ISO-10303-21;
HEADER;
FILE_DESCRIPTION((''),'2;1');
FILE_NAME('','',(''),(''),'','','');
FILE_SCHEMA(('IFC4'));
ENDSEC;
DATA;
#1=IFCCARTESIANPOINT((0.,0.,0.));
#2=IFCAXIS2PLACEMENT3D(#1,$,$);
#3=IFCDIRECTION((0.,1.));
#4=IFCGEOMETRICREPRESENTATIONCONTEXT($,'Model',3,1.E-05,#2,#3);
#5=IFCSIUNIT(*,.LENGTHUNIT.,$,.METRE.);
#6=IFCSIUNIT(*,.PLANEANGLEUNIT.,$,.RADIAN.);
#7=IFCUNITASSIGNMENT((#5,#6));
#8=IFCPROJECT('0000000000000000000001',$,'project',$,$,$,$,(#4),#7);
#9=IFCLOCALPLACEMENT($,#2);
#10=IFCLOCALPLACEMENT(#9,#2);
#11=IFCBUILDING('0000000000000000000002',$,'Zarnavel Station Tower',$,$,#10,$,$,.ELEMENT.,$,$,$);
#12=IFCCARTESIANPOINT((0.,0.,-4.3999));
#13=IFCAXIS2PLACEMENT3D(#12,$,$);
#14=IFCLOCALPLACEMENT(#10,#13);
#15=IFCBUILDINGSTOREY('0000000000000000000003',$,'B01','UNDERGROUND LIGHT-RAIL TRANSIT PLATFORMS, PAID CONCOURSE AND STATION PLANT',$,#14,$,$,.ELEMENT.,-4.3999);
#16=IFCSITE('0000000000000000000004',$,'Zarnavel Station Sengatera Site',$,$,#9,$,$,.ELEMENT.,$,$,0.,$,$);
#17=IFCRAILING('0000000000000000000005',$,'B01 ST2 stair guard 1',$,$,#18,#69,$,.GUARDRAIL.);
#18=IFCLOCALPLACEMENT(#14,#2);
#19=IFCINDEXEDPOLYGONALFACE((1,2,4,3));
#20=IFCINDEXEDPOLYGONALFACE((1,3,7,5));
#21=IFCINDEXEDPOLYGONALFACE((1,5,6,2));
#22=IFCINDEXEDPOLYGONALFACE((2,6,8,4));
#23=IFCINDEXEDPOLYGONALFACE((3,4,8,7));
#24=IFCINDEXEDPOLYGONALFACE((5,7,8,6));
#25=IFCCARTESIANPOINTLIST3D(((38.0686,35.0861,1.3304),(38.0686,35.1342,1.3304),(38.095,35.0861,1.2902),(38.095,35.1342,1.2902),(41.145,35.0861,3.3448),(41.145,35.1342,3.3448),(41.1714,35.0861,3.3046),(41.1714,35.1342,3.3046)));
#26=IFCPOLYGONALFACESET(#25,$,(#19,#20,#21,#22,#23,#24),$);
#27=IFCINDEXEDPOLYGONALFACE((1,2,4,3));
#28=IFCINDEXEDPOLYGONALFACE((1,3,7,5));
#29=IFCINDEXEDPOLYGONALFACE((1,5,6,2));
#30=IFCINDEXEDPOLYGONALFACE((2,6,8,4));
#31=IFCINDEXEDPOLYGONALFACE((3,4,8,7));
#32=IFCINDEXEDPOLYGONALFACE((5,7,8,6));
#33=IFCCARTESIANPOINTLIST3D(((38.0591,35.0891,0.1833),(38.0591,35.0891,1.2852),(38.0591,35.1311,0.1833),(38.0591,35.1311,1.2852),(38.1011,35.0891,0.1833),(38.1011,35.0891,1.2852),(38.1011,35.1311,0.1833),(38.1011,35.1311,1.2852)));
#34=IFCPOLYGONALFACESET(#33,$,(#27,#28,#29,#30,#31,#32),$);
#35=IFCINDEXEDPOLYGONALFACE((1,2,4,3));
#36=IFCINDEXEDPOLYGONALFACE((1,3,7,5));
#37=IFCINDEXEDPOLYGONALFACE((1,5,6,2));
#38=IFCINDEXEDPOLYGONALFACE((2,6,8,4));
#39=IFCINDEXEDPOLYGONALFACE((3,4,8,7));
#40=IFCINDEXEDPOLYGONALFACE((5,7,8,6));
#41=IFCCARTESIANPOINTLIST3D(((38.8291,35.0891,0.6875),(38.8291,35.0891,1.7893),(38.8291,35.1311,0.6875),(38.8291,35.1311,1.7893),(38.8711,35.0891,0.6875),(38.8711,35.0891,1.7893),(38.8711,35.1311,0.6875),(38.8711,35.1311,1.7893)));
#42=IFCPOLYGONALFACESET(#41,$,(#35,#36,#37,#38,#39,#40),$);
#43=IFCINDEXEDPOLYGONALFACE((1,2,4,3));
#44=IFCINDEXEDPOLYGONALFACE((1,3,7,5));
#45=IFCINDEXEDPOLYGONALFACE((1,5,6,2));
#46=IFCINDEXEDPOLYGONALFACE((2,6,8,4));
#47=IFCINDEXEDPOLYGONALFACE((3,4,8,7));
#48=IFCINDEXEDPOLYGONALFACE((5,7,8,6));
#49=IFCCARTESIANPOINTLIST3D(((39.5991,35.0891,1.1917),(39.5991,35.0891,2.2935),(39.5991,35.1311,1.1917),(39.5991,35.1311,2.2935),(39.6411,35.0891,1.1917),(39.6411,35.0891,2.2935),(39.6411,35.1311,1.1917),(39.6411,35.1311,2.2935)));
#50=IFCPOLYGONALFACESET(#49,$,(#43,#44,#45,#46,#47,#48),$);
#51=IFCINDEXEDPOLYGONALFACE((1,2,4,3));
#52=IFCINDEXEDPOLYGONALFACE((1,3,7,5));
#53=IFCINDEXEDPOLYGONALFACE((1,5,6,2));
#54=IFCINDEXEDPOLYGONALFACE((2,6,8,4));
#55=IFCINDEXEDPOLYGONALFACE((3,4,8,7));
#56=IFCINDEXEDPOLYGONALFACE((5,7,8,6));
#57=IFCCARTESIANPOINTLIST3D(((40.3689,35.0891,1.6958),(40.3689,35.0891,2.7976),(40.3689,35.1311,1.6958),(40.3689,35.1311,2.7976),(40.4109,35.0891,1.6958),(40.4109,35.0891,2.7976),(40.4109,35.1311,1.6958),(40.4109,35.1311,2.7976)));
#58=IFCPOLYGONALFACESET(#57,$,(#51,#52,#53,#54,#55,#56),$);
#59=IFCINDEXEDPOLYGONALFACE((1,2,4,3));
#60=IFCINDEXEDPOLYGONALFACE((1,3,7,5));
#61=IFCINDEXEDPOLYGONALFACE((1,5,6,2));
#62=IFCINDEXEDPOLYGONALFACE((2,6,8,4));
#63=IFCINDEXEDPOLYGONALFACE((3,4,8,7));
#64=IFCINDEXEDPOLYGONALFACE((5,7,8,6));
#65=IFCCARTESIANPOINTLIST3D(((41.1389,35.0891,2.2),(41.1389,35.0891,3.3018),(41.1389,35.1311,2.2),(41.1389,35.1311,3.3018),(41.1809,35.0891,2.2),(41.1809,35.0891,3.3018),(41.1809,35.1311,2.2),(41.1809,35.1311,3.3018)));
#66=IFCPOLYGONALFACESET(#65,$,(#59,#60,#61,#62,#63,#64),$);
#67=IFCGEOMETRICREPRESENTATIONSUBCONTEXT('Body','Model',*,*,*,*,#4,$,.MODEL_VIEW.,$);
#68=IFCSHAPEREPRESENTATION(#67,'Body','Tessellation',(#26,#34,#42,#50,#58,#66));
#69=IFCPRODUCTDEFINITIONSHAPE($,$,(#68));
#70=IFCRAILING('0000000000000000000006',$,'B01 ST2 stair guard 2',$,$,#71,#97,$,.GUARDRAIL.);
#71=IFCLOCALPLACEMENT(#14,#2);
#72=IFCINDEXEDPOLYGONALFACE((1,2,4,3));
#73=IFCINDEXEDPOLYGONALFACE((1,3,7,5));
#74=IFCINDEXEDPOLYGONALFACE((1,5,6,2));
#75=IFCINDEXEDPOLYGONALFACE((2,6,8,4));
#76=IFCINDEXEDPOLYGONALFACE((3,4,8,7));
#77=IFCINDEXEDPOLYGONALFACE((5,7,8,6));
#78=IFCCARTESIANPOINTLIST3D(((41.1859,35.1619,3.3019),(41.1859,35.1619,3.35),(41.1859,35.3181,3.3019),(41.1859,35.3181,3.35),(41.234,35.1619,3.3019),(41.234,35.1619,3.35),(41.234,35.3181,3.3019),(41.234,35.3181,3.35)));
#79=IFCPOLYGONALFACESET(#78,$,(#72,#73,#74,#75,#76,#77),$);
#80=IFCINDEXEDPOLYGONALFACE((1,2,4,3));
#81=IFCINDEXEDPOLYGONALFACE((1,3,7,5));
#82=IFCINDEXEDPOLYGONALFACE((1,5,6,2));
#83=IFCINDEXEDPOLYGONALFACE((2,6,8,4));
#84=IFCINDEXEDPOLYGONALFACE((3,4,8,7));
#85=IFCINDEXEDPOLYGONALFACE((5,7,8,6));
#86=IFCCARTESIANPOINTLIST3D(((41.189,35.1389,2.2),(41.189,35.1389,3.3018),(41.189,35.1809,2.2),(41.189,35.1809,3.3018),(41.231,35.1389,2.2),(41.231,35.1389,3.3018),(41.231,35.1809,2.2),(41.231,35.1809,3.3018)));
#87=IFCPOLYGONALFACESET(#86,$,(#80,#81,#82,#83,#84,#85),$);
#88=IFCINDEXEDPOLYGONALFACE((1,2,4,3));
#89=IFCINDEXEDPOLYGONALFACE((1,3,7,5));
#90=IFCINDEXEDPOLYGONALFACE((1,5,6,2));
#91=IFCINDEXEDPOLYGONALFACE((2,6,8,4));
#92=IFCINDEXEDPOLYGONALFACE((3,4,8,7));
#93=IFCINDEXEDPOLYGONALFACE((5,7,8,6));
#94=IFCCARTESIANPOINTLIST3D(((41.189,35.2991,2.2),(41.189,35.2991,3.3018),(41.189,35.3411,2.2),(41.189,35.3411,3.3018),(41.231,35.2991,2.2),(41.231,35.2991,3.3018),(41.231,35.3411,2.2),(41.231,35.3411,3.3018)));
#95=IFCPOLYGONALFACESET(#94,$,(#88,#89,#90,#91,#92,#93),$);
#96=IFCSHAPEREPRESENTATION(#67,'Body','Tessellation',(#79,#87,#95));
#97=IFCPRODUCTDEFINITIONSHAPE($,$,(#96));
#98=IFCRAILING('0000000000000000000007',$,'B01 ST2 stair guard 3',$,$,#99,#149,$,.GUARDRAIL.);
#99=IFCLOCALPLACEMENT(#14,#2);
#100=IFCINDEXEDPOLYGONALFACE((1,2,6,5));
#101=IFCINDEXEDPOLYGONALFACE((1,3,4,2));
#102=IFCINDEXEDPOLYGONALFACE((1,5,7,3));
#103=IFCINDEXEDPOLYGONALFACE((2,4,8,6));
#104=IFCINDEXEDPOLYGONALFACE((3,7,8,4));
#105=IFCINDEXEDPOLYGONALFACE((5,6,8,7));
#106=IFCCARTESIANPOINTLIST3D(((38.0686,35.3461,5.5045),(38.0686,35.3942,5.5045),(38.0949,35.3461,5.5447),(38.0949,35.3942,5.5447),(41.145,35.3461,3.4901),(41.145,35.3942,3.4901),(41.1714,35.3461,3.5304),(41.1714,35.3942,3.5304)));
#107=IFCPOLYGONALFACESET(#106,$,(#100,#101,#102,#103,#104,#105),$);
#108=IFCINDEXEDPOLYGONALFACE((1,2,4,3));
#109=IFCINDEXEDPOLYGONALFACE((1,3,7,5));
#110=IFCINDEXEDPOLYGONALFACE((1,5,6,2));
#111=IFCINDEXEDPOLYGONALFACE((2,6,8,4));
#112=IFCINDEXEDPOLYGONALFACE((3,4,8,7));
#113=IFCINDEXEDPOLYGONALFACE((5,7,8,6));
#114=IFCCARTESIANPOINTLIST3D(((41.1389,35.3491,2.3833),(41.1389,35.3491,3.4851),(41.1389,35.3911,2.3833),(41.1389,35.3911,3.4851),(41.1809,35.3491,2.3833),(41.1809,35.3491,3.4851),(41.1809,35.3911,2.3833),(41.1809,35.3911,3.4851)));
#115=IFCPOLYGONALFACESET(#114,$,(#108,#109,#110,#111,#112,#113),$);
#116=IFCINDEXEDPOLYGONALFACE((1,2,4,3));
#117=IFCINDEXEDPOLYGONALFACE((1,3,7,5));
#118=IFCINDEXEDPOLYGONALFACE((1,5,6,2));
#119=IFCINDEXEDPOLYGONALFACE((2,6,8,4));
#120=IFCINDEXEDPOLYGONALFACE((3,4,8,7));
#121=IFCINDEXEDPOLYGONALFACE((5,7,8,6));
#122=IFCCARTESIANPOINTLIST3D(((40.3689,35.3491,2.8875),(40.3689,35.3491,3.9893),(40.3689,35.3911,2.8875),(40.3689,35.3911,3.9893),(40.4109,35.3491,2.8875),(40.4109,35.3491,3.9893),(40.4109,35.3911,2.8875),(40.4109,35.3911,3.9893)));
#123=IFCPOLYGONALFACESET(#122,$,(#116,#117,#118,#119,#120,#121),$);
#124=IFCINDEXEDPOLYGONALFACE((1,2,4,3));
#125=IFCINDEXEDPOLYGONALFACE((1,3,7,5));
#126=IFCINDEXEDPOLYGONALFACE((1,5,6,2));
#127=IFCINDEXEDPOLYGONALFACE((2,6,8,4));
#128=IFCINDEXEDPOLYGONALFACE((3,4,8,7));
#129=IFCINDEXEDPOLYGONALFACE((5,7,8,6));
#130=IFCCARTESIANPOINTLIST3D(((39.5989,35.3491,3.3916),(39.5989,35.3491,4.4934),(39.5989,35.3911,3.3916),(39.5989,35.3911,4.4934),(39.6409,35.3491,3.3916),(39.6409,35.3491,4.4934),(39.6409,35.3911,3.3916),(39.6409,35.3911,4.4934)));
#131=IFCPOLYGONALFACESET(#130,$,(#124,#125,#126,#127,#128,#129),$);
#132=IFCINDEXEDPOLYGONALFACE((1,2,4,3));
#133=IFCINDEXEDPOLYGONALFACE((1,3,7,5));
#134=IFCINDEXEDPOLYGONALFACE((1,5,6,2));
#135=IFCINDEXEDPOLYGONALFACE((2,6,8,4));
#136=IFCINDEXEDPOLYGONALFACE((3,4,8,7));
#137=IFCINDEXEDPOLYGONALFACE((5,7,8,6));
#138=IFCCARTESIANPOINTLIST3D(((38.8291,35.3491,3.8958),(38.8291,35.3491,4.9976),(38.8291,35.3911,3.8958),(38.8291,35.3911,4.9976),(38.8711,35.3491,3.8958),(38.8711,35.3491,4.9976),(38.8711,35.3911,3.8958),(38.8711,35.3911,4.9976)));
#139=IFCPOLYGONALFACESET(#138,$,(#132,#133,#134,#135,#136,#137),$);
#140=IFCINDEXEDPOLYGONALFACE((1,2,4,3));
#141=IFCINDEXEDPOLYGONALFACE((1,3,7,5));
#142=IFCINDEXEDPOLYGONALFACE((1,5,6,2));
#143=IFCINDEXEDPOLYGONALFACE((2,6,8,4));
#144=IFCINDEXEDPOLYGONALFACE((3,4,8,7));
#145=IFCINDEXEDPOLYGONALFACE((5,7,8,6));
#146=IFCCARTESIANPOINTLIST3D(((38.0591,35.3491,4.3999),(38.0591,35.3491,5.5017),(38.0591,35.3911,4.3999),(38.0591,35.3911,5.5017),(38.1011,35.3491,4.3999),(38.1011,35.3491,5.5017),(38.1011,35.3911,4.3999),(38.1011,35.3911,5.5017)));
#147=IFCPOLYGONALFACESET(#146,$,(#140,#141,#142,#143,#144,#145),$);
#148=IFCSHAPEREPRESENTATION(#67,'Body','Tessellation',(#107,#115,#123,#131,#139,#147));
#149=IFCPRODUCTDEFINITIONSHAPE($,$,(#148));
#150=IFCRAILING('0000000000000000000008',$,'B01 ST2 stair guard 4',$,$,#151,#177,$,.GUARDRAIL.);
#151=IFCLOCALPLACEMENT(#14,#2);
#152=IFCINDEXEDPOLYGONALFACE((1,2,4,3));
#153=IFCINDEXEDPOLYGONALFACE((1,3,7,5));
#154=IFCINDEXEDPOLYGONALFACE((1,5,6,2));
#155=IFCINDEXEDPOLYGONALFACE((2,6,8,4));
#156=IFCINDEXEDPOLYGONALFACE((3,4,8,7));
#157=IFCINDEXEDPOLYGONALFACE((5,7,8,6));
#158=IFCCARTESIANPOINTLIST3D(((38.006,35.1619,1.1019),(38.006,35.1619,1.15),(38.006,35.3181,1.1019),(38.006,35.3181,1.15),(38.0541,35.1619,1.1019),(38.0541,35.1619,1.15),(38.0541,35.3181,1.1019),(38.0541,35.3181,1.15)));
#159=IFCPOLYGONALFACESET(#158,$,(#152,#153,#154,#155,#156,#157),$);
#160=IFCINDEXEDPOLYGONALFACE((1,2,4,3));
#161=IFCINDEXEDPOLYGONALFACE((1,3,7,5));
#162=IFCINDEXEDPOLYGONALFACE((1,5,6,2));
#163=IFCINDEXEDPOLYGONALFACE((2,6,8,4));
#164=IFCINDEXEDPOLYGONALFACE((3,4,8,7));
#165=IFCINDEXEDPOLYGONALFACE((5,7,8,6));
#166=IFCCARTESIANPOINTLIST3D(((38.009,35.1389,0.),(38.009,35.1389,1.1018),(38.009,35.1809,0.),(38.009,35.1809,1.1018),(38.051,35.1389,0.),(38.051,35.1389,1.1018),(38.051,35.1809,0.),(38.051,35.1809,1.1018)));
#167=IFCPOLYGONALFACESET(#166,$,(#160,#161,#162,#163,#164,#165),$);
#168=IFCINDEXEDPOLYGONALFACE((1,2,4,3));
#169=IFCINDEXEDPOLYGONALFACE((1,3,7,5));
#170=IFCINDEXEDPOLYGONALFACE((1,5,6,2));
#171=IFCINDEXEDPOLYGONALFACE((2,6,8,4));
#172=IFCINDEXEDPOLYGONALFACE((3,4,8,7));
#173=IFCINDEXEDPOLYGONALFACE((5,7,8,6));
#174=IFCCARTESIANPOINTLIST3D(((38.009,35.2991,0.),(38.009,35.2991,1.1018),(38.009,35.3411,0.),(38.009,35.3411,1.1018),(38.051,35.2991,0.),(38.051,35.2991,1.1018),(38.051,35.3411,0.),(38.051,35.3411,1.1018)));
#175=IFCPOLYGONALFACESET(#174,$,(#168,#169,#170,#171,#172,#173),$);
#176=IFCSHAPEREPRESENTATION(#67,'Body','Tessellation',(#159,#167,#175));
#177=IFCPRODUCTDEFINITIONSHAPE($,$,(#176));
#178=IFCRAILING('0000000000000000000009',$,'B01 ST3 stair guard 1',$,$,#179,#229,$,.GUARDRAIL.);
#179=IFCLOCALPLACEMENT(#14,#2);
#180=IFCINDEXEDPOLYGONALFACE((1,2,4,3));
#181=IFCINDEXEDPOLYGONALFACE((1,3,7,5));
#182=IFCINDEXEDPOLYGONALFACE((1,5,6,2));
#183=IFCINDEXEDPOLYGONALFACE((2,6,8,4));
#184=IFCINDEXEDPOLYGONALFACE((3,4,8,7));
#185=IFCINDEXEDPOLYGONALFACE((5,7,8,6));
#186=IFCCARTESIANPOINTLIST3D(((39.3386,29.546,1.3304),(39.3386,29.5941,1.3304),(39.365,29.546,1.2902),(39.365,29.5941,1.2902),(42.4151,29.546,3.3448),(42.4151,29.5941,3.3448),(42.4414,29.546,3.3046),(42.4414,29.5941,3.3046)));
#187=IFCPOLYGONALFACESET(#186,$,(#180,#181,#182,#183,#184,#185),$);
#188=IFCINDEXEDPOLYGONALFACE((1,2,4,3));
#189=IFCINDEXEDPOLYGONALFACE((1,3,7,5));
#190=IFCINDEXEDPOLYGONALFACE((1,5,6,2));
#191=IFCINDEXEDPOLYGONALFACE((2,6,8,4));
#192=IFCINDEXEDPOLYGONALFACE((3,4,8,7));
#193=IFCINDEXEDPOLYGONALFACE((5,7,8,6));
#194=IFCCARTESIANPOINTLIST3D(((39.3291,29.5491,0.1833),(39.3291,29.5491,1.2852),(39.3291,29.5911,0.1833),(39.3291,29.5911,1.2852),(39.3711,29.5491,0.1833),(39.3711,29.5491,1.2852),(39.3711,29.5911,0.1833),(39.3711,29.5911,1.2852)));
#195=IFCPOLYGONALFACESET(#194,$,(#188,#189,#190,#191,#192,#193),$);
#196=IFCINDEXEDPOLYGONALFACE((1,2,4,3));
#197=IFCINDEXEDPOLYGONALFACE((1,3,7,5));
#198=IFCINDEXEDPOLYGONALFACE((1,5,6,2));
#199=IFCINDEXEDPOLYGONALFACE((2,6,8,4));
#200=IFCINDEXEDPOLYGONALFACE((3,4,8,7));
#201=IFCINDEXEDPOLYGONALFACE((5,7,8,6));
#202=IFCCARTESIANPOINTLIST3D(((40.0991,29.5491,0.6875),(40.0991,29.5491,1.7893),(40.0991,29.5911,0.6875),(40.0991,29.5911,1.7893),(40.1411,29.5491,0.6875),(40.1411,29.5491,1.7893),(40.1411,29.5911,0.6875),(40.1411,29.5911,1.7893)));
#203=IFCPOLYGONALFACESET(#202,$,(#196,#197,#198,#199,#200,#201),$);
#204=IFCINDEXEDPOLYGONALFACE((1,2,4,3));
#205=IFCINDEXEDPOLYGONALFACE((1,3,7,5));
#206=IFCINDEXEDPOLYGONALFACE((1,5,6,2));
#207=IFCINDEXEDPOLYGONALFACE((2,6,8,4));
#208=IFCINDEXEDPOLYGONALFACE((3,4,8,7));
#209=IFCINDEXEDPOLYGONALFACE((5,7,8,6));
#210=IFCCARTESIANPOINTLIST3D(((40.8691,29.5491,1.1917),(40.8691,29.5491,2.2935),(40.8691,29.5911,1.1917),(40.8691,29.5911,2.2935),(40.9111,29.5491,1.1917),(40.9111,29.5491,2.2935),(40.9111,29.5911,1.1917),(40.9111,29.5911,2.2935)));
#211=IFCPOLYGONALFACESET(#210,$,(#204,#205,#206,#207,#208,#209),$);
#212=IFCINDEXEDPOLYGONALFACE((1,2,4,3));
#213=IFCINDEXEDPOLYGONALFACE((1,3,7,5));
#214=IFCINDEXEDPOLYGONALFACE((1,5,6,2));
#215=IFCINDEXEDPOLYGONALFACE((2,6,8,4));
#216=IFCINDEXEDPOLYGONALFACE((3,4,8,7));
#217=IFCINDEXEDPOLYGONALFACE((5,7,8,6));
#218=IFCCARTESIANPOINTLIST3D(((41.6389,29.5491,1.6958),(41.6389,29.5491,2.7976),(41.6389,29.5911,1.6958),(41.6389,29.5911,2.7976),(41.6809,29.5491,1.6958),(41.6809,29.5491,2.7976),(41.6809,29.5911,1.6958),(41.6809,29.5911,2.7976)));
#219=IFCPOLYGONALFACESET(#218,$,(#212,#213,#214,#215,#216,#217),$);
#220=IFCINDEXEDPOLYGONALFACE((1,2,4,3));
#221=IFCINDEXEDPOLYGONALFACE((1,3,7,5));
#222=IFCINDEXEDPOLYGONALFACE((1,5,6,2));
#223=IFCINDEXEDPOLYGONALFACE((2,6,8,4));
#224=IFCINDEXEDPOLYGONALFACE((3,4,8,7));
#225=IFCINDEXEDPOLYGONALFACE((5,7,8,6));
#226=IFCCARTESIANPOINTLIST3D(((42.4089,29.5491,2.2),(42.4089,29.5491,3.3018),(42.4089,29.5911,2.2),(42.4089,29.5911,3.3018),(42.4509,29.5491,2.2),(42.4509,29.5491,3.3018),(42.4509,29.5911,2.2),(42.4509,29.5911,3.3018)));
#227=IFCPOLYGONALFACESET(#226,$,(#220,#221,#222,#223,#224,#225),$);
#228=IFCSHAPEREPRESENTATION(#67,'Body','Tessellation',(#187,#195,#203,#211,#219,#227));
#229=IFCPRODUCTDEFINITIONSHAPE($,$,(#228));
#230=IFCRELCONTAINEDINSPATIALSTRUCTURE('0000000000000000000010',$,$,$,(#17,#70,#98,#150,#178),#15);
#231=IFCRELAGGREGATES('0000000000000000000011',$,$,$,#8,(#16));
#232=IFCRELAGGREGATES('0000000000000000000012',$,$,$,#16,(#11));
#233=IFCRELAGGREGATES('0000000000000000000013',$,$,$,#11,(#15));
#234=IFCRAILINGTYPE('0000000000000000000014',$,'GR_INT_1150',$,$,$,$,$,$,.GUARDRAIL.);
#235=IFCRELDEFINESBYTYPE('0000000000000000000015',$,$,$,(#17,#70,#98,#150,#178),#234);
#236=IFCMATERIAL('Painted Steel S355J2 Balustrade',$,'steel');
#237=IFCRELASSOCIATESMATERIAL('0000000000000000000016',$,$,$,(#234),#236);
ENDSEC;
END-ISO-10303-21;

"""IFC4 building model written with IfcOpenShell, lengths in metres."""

from ifc_helpers import new_model, si_unit, direction, frame, origin, origin_2d, place, context, subcontext, project, spatial, rectangle, extrude, material, type_object, element, save


model = new_model("IFC4")

# Units and contexts
model_context = context("Model", 3, precision=1e-05, world=origin(), true_north=direction((0.0, 1.0)))
body_context = subcontext(model_context, "Body", "Model", "MODEL_VIEW")
ifc_project = project(units=[si_unit("LENGTHUNIT", "METRE"), si_unit("PLANEANGLEUNIT", "RADIAN")], contexts=[model_context])

# Site, building, storey
site_placement = place(None, origin())
site = spatial("IfcSite", under=ifc_project, at=site_placement, Name="Zarnavel Station Sengatera Site", CompositionType="ELEMENT", RefElevation=0.0)
building_placement = place(site_placement, origin())
building = spatial("IfcBuilding", under=site, at=building_placement, Name="Zarnavel Station Tower", CompositionType="ELEMENT")
storey_placement = place(building_placement, frame((0.0, 0.0, -4.3999)))
storey = spatial("IfcBuildingStorey", under=building, at=storey_placement, Name="B01", Description="UNDERGROUND LIGHT-RAIL TRANSIT PLATFORMS, PAID CONCOURSE AND STATION PLANT", CompositionType="ELEMENT", Elevation=-4.3999)

# Railings
ifc_material_1 = material(Name="Painted Steel S355J2 Balustrade", Category="steel")
railing_type_1 = type_object("IfcRailingType", Name="GR_INT_1150", PredefinedType="GUARDRAIL", material=ifc_material_1)
railing_1_placement = place(storey_placement, frame((38.0801, 35.1101, 0.1833)))
element("IfcRailing", 1, at=railing_1_placement, inside=storey, type_object=railing_type_1, Name="B01 ST2 stair guard 1", PredefinedType="GUARDRAIL", context=body_context, shape_type="SweptSolid", body=[
    extrude(rectangle(XDim=0.0481, YDim=0.0481, at=origin_2d()), frame((0.0017, 0.0, 1.127), z_axis=(0.836613, 0.0, 0.547794), x_axis=(0.0, 1.0, 0.0)), (0.0, 0.0, 1.0), 3.6772),
    extrude(rectangle(XDim=0.042, YDim=0.042, at=origin_2d()), origin(), (0.0, 0.0, 1.0), 1.1018),
    extrude(rectangle(XDim=0.042, YDim=0.042, at=origin_2d()), frame((0.77, 0.0, 0.5042)), (0.0, 0.0, 1.0), 1.1018),
    extrude(rectangle(XDim=0.042, YDim=0.042, at=origin_2d()), frame((1.54, 0.0, 1.0083)), (0.0, 0.0, 1.0), 1.1018),
    extrude(rectangle(XDim=0.042, YDim=0.042, at=origin_2d()), frame((2.3098, 0.0, 1.5125)), (0.0, 0.0, 1.0), 1.1018),
    extrude(rectangle(XDim=0.042, YDim=0.042, at=origin_2d()), frame((3.0798, 0.0, 2.0166)), (0.0, 0.0, 1.0), 1.1018),
])
railing_2_placement = place(storey_placement, frame((41.21, 35.1599, 2.2)))
element("IfcRailing", 2, at=railing_2_placement, inside=storey, type_object=railing_type_1, Name="B01 ST2 stair guard 2", PredefinedType="GUARDRAIL", context=body_context, shape_type="SweptSolid", body=[
    extrude(rectangle(XDim=0.0481, YDim=0.0481, at=origin_2d()), frame((0.0, 0.002, 1.126), z_axis=(0.0, 1.0, 0.0), x_axis=(-1.0, 0.0, 0.0)), (0.0, 0.0, 1.0), 0.1562),
    extrude(rectangle(XDim=0.042, YDim=0.042, at=origin_2d()), origin(), (0.0, 0.0, 1.0), 1.1018),
    extrude(rectangle(XDim=0.042, YDim=0.042, at=origin_2d()), frame((0.0, 0.1602, 0.0)), (0.0, 0.0, 1.0), 1.1018),
])
railing_3_placement = place(storey_placement, frame((41.1599, 35.3701, 2.3833)))
element("IfcRailing", 3, at=railing_3_placement, inside=storey, type_object=railing_type_1, Name="B01 ST2 stair guard 3", PredefinedType="GUARDRAIL", context=body_context, shape_type="SweptSolid", body=[
    extrude(rectangle(XDim=0.0481, YDim=0.0481, at=origin_2d()), frame((-0.0017, 0.0, 1.127), z_axis=(-0.836613, 0.0, 0.547794), x_axis=(0.0, -1.0, 0.0)), (0.0, 0.0, 1.0), 3.6772),
    extrude(rectangle(XDim=0.042, YDim=0.042, at=origin_2d()), origin(), (0.0, 0.0, 1.0), 1.1018),
    extrude(rectangle(XDim=0.042, YDim=0.042, at=origin_2d()), frame((-0.77, 0.0, 0.5042)), (0.0, 0.0, 1.0), 1.1018),
    extrude(rectangle(XDim=0.042, YDim=0.042, at=origin_2d()), frame((-1.54, 0.0, 1.0083)), (0.0, 0.0, 1.0), 1.1018),
    extrude(rectangle(XDim=0.042, YDim=0.042, at=origin_2d()), frame((-2.3098, 0.0, 1.5125)), (0.0, 0.0, 1.0), 1.1018),
    extrude(rectangle(XDim=0.042, YDim=0.042, at=origin_2d()), frame((-3.0798, 0.0, 2.0166)), (0.0, 0.0, 1.0), 1.1018),
])
railing_4_placement = place(storey_placement, frame((38.03, 35.1599, 0.0)))
element("IfcRailing", 4, at=railing_4_placement, inside=storey, type_object=railing_type_1, Name="B01 ST2 stair guard 4", PredefinedType="GUARDRAIL", context=body_context, shape_type="SweptSolid", body=[
    extrude(rectangle(XDim=0.0481, YDim=0.0481, at=origin_2d()), frame((0.0, 0.002, 1.126), z_axis=(0.0, 1.0, 0.0), x_axis=(-1.0, 0.0, 0.0)), (0.0, 0.0, 1.0), 0.1562),
    extrude(rectangle(XDim=0.042, YDim=0.042, at=origin_2d()), origin(), (0.0, 0.0, 1.0), 1.1018),
    extrude(rectangle(XDim=0.042, YDim=0.042, at=origin_2d()), frame((0.0, 0.1602, 0.0)), (0.0, 0.0, 1.0), 1.1018),
])
railing_5_placement = place(storey_placement, frame((39.3501, 29.5701, 0.1833)))
element("IfcRailing", 5, at=railing_5_placement, inside=storey, type_object=railing_type_1, Name="B01 ST3 stair guard 1", PredefinedType="GUARDRAIL", context=body_context, shape_type="SweptSolid", body=[
    extrude(rectangle(XDim=0.0481, YDim=0.0481, at=origin_2d()), frame((0.0017, 0.0, 1.127), z_axis=(0.836613, 0.0, 0.547794), x_axis=(0.0, 1.0, 0.0)), (0.0, 0.0, 1.0), 3.6772),
    extrude(rectangle(XDim=0.042, YDim=0.042, at=origin_2d()), origin(), (0.0, 0.0, 1.0), 1.1018),
    extrude(rectangle(XDim=0.042, YDim=0.042, at=origin_2d()), frame((0.77, 0.0, 0.5042)), (0.0, 0.0, 1.0), 1.1018),
    extrude(rectangle(XDim=0.042, YDim=0.042, at=origin_2d()), frame((1.54, 0.0, 1.0083)), (0.0, 0.0, 1.0), 1.1018),
    extrude(rectangle(XDim=0.042, YDim=0.042, at=origin_2d()), frame((2.3098, 0.0, 1.5125)), (0.0, 0.0, 1.0), 1.1018),
    extrude(rectangle(XDim=0.042, YDim=0.042, at=origin_2d()), frame((3.0798, 0.0, 2.0166)), (0.0, 0.0, 1.0), 1.1018),
])

save(model, "model.ifc")
